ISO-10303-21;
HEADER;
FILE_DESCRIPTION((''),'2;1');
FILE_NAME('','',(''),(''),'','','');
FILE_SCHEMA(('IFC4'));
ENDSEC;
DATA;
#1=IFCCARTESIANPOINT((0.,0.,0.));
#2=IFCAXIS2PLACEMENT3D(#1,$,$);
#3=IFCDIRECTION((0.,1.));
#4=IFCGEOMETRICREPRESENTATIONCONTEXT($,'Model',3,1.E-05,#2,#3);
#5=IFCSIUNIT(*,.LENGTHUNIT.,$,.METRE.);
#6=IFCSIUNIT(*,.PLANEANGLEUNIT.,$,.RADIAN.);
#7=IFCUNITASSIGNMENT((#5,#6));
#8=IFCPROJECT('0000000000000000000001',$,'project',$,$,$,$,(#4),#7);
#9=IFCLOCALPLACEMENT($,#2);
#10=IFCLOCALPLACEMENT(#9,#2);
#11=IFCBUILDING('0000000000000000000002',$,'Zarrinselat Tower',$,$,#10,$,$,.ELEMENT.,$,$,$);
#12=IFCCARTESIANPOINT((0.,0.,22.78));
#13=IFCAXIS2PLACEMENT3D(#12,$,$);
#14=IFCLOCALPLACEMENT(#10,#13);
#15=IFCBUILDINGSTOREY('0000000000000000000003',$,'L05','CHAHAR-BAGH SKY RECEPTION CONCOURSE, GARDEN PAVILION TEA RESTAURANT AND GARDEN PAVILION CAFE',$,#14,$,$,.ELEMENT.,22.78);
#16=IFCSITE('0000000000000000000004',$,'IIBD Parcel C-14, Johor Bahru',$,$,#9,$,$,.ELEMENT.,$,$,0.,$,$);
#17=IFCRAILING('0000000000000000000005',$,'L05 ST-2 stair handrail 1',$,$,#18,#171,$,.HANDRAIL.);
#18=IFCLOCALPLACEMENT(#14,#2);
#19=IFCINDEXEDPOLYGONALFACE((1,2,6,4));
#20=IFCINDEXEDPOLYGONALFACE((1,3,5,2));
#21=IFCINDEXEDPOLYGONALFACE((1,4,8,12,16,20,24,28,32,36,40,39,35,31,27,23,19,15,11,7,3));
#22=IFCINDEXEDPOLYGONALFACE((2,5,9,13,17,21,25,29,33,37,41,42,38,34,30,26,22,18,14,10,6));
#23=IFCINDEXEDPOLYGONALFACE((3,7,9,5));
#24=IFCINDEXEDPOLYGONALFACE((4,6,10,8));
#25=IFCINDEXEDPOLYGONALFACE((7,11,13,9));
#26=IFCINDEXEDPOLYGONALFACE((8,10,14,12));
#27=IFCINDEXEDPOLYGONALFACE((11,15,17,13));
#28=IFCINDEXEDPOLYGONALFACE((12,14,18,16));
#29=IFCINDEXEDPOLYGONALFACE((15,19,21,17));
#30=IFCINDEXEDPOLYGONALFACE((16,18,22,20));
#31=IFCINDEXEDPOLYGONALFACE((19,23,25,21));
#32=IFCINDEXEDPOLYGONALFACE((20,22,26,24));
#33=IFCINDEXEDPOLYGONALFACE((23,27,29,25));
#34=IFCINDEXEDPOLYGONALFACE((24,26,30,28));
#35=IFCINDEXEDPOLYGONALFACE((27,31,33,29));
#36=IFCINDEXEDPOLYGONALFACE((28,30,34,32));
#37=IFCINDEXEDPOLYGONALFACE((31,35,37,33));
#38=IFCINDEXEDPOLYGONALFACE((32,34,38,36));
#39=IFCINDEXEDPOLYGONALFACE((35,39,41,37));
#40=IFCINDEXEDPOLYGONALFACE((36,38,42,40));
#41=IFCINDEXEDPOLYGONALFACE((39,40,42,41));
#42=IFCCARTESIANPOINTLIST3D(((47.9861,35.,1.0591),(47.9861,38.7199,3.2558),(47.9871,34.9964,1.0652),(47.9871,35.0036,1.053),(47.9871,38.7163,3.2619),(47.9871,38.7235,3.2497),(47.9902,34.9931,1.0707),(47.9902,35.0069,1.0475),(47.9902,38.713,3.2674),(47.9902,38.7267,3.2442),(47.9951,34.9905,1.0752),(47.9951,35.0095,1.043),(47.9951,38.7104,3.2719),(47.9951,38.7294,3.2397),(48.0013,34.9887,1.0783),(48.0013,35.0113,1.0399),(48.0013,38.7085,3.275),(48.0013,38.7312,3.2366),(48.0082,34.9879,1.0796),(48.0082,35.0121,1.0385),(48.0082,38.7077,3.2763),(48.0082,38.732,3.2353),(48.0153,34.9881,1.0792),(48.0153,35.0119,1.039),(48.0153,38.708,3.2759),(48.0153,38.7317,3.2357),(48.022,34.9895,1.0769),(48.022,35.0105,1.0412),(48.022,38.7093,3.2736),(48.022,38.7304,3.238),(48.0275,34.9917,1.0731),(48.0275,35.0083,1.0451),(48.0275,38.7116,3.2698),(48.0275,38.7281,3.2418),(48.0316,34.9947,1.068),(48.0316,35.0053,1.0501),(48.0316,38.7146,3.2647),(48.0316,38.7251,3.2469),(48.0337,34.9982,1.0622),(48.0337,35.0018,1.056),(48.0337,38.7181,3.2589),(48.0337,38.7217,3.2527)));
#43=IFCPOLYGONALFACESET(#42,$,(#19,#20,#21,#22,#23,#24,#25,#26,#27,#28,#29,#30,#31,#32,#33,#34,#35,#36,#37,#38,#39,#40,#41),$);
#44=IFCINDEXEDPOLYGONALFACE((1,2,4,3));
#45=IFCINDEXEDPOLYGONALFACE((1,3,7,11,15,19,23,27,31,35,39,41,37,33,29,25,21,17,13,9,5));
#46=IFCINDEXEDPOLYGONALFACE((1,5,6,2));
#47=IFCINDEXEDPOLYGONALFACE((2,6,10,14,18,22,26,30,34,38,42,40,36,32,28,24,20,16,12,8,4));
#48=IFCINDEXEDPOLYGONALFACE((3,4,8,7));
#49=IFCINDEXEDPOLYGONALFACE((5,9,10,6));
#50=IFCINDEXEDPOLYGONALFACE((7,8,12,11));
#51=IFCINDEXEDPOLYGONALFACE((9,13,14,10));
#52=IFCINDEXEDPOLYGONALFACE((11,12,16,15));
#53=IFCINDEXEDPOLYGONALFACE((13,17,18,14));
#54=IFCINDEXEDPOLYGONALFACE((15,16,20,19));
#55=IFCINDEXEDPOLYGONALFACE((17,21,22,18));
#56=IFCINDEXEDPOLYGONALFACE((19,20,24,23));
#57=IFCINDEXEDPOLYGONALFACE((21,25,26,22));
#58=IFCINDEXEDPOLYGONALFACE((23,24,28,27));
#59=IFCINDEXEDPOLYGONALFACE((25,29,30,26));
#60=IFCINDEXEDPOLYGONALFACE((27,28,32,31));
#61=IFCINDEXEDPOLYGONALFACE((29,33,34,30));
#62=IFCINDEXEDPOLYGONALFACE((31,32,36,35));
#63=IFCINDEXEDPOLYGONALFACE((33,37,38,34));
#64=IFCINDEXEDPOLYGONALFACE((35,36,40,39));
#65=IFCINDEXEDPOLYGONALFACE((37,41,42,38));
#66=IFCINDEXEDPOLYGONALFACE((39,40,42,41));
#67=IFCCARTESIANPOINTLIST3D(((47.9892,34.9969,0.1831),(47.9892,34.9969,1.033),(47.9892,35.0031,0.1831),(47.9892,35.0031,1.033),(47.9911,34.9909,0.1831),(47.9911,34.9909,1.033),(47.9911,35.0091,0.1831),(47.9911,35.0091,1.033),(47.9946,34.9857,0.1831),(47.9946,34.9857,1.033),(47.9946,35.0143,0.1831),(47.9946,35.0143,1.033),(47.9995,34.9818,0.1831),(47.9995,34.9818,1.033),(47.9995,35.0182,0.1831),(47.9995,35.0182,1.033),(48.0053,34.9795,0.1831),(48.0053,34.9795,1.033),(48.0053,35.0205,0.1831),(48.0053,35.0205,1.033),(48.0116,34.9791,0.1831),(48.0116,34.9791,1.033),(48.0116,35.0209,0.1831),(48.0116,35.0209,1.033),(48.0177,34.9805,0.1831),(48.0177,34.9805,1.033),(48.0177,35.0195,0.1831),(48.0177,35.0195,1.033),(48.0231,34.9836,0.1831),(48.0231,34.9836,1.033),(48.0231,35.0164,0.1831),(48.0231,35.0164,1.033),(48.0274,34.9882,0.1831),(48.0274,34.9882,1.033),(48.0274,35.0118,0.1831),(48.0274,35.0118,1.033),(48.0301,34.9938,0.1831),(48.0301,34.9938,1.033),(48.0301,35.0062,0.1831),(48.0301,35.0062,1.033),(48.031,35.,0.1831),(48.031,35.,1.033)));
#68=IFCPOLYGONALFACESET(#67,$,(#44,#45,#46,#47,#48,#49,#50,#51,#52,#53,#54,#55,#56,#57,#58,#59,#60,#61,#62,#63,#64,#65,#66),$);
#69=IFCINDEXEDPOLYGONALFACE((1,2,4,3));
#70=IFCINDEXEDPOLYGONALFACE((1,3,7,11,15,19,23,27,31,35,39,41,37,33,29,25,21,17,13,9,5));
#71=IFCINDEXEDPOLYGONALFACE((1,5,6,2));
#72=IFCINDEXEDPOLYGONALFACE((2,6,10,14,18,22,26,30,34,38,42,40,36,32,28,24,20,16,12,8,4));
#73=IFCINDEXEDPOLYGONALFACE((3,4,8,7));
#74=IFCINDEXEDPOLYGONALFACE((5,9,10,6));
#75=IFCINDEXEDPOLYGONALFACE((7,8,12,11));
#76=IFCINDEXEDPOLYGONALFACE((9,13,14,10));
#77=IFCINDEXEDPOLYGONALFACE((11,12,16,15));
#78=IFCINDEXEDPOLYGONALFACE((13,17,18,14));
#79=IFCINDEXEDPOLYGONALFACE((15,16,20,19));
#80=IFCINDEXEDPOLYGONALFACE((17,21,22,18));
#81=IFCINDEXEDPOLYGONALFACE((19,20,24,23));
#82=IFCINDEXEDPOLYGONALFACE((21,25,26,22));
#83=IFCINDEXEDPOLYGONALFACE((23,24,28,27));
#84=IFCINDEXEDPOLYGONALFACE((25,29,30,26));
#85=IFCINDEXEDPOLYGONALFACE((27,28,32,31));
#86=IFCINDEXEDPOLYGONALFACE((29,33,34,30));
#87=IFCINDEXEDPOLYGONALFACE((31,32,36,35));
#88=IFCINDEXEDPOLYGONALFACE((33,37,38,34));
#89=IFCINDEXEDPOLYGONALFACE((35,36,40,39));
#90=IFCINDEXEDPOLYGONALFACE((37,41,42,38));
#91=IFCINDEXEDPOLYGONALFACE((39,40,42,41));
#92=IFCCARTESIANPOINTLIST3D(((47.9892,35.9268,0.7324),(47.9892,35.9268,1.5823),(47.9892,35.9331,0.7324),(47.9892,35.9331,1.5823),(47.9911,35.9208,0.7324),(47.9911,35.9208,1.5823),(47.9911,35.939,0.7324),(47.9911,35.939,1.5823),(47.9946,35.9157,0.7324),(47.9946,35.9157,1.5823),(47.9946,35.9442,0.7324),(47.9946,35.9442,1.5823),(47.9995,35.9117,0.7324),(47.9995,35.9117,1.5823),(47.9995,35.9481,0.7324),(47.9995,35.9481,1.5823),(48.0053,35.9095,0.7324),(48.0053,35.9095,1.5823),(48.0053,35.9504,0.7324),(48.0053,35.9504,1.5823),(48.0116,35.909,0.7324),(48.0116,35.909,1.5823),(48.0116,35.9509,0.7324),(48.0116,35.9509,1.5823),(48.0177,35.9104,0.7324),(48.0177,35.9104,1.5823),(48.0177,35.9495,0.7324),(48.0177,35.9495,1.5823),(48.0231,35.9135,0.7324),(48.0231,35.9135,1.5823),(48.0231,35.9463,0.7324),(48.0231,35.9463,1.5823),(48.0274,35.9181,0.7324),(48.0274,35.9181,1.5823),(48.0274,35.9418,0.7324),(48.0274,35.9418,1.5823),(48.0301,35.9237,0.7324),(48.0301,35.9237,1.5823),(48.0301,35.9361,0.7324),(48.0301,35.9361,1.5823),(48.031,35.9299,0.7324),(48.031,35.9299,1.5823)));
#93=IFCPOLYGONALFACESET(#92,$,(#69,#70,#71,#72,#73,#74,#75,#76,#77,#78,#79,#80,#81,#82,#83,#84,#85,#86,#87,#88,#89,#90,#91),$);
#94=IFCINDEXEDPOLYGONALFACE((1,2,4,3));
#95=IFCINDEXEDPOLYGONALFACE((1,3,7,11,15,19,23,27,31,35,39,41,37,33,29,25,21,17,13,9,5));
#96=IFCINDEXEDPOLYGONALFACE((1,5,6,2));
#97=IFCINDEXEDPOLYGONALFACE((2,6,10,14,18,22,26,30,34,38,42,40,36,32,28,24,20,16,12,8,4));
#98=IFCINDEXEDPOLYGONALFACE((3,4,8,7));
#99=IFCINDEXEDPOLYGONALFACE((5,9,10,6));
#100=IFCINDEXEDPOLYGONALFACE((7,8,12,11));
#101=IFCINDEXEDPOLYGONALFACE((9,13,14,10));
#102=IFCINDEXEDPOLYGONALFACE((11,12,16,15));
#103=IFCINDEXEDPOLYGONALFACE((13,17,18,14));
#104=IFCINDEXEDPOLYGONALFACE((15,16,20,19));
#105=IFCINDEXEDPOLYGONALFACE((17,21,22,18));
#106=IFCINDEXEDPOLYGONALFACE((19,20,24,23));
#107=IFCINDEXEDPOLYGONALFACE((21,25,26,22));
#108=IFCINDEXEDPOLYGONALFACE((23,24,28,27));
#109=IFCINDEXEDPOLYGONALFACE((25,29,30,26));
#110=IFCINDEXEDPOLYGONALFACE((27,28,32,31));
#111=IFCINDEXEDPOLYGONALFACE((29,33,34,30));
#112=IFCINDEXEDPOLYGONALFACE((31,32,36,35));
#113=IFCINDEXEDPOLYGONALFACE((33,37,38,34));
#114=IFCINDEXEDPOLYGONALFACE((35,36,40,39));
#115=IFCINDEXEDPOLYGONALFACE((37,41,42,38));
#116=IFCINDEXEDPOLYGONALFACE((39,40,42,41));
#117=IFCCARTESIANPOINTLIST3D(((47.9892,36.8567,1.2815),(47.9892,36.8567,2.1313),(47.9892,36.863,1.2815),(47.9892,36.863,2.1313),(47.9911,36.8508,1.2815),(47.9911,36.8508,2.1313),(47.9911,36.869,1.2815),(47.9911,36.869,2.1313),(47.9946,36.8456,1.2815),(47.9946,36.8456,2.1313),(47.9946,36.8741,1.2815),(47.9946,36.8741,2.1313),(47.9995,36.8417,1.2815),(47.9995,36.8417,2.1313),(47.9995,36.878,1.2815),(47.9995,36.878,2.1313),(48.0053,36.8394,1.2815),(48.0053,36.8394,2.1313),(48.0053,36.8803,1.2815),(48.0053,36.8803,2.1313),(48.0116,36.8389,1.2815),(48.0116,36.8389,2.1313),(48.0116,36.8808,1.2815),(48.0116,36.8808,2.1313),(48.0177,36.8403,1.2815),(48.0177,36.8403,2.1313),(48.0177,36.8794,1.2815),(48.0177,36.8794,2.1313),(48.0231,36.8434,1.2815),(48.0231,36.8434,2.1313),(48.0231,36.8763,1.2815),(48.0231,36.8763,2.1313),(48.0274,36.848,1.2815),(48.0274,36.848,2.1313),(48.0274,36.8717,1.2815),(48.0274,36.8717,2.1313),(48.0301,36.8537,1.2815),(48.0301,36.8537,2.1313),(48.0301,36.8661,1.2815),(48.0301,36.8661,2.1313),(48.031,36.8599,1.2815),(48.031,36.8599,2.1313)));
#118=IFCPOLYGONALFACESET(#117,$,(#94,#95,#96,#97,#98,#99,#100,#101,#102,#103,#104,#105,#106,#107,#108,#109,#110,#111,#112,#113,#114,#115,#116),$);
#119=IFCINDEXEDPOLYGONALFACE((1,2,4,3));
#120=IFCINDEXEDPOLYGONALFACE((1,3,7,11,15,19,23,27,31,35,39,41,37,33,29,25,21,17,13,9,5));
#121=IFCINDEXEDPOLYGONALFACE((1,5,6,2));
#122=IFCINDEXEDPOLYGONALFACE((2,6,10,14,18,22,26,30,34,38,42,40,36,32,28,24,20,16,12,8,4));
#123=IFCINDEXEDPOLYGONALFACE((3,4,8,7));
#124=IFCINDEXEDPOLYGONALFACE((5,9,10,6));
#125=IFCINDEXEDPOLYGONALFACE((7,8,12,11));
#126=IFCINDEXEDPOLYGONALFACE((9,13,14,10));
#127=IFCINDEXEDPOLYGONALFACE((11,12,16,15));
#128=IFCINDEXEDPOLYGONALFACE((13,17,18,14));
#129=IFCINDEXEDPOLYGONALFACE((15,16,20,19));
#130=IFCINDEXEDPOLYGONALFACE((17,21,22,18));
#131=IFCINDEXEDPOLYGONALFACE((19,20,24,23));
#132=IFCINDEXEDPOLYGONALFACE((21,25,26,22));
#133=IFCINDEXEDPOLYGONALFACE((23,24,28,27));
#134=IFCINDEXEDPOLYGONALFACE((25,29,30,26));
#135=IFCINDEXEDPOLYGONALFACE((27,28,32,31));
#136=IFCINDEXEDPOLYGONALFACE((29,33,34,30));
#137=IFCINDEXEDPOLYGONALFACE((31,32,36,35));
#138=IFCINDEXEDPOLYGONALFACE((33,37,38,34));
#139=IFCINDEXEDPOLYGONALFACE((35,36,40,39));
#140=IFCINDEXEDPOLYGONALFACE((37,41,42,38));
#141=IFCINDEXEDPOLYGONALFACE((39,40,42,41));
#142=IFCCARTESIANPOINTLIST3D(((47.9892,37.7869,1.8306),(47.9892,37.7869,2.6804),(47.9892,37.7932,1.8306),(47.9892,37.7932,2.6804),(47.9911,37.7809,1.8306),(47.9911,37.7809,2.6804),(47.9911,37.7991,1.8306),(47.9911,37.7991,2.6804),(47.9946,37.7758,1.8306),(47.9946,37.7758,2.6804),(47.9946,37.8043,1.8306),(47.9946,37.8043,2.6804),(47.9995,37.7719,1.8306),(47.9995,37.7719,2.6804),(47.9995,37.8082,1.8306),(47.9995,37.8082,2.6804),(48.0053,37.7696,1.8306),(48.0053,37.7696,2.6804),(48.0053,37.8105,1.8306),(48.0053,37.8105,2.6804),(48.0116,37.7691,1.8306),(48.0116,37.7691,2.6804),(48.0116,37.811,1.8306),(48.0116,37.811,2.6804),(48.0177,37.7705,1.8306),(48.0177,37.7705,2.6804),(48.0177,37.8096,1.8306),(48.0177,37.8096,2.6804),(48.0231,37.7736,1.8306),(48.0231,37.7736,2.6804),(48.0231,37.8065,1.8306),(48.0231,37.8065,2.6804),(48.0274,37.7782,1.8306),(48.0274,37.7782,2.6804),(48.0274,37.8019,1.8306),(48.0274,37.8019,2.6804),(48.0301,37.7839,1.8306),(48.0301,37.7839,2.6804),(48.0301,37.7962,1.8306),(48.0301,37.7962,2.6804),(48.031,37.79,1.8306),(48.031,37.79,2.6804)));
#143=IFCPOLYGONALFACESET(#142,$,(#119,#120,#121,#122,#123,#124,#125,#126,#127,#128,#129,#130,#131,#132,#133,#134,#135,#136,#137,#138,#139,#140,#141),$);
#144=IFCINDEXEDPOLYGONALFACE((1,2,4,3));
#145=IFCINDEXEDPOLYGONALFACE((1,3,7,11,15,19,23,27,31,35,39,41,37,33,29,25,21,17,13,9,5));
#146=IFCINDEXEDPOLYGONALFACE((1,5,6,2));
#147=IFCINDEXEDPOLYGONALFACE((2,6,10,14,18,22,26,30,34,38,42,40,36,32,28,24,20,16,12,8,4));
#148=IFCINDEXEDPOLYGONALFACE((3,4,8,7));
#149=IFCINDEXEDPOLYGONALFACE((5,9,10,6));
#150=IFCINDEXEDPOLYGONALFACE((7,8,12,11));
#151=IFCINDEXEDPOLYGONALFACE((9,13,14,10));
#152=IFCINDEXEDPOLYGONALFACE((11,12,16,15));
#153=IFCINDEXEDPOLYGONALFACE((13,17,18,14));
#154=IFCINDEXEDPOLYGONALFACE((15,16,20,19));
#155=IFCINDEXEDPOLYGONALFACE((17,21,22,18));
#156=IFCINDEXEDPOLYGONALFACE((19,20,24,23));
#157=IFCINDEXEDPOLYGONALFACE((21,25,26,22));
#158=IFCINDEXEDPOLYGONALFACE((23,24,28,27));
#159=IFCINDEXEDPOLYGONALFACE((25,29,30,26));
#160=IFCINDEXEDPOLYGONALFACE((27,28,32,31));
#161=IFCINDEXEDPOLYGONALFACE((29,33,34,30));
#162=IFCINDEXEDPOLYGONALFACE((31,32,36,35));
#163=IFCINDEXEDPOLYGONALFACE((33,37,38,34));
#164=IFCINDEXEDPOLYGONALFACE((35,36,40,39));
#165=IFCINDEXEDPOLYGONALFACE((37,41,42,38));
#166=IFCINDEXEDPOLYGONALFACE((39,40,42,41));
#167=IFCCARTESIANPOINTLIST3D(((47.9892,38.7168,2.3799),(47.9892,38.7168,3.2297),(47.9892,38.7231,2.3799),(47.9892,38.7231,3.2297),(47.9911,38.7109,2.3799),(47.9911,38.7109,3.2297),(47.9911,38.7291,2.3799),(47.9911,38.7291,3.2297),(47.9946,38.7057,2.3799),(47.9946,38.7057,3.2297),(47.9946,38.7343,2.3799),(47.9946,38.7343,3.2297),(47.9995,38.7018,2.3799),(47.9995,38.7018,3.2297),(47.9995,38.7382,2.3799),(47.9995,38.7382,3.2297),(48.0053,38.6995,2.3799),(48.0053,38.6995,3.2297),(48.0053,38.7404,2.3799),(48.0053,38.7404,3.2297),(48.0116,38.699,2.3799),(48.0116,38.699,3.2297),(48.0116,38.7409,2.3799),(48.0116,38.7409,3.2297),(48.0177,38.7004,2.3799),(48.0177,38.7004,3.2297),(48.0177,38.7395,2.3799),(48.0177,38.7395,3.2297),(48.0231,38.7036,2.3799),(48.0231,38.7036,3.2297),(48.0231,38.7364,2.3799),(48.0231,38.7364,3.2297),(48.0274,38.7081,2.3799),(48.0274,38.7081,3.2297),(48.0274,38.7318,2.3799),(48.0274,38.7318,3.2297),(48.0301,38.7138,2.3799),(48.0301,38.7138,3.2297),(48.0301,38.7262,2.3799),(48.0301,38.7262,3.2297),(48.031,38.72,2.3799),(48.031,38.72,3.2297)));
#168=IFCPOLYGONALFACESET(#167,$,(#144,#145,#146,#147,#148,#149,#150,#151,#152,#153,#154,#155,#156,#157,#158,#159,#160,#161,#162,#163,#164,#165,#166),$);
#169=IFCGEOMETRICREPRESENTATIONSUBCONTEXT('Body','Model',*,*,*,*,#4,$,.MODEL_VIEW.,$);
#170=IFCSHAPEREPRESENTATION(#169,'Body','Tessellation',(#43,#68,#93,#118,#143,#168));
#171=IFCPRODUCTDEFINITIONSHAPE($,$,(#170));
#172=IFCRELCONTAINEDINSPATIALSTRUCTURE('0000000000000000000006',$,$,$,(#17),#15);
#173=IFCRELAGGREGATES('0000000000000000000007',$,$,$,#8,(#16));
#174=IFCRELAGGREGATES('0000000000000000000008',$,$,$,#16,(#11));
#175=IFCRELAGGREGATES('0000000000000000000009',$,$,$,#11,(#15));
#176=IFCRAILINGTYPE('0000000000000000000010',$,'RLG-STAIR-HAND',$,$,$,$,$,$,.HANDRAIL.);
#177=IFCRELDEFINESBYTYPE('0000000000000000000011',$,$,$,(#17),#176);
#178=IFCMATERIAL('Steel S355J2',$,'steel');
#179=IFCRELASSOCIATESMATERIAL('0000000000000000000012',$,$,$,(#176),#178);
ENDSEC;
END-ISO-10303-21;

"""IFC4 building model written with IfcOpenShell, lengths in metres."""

from ifc_helpers import new_model, si_unit, direction, frame, origin, origin_2d, place, context, subcontext, project, spatial, circle, extrude, material, type_object, element, save


model = new_model("IFC4")

# Units and contexts
model_context = context("Model", 3, precision=1e-05, world=origin(), true_north=direction((0.0, 1.0)))
body_context = subcontext(model_context, "Body", "Model", "MODEL_VIEW")
ifc_project = project(units=[si_unit("LENGTHUNIT", "METRE"), si_unit("PLANEANGLEUNIT", "RADIAN")], contexts=[model_context])

# Site, building, storey
site_placement = place(None, origin())
site = spatial("IfcSite", under=ifc_project, at=site_placement, Name="IIBD Parcel C-14, Johor Bahru", CompositionType="ELEMENT", RefElevation=0.0)
building_placement = place(site_placement, origin())
building = spatial("IfcBuilding", under=site, at=building_placement, Name="Zarrinselat Tower", CompositionType="ELEMENT")
storey_placement = place(building_placement, frame((0.0, 0.0, 22.78)))
storey = spatial("IfcBuildingStorey", under=building, at=storey_placement, Name="L05", Description="CHAHAR-BAGH SKY RECEPTION CONCOURSE, GARDEN PAVILION TEA RESTAURANT AND GARDEN PAVILION CAFE", CompositionType="ELEMENT", Elevation=22.78)

# Railing
ifc_material_1 = material(Name="Steel S355J2", Category="steel")
railing_type_1 = type_object("IfcRailingType", Name="RLG-STAIR-HAND", PredefinedType="HANDRAIL", material=ifc_material_1)
railing_1_placement = place(storey_placement, frame((48.01, 35.0, 0.1831)))
element("IfcRailing", 1, at=railing_1_placement, inside=storey, type_object=railing_type_1, Name="L05 ST-2 stair handrail 1", PredefinedType="HANDRAIL", context=body_context, shape_type="SweptSolid", body=[
    extrude(circle(Radius=0.0239, at=origin_2d()), frame((0.0, 0.0, 0.876), z_axis=(0.0, 0.861067, 0.508491), x_axis=(-1.0, 0.0, 0.0)), (0.0, 0.0, 1.0), 4.3201),
    extrude(circle(Radius=0.021, at=origin_2d()), origin(), (0.0, 0.0, 1.0), 0.8499),
    extrude(circle(Radius=0.021, at=origin_2d()), frame((0.0, 0.9299, 0.5493)), (0.0, 0.0, 1.0), 0.8499),
    extrude(circle(Radius=0.021, at=origin_2d()), frame((0.0, 1.8599, 1.0984)), (0.0, 0.0, 1.0), 0.8499),
    extrude(circle(Radius=0.021, at=origin_2d()), frame((0.0, 2.79, 1.6475)), (0.0, 0.0, 1.0), 0.8499),
    extrude(circle(Radius=0.021, at=origin_2d()), frame((0.0, 3.72, 2.1968)), (0.0, 0.0, 1.0), 0.8499),
])

save(model, "model.ifc")
